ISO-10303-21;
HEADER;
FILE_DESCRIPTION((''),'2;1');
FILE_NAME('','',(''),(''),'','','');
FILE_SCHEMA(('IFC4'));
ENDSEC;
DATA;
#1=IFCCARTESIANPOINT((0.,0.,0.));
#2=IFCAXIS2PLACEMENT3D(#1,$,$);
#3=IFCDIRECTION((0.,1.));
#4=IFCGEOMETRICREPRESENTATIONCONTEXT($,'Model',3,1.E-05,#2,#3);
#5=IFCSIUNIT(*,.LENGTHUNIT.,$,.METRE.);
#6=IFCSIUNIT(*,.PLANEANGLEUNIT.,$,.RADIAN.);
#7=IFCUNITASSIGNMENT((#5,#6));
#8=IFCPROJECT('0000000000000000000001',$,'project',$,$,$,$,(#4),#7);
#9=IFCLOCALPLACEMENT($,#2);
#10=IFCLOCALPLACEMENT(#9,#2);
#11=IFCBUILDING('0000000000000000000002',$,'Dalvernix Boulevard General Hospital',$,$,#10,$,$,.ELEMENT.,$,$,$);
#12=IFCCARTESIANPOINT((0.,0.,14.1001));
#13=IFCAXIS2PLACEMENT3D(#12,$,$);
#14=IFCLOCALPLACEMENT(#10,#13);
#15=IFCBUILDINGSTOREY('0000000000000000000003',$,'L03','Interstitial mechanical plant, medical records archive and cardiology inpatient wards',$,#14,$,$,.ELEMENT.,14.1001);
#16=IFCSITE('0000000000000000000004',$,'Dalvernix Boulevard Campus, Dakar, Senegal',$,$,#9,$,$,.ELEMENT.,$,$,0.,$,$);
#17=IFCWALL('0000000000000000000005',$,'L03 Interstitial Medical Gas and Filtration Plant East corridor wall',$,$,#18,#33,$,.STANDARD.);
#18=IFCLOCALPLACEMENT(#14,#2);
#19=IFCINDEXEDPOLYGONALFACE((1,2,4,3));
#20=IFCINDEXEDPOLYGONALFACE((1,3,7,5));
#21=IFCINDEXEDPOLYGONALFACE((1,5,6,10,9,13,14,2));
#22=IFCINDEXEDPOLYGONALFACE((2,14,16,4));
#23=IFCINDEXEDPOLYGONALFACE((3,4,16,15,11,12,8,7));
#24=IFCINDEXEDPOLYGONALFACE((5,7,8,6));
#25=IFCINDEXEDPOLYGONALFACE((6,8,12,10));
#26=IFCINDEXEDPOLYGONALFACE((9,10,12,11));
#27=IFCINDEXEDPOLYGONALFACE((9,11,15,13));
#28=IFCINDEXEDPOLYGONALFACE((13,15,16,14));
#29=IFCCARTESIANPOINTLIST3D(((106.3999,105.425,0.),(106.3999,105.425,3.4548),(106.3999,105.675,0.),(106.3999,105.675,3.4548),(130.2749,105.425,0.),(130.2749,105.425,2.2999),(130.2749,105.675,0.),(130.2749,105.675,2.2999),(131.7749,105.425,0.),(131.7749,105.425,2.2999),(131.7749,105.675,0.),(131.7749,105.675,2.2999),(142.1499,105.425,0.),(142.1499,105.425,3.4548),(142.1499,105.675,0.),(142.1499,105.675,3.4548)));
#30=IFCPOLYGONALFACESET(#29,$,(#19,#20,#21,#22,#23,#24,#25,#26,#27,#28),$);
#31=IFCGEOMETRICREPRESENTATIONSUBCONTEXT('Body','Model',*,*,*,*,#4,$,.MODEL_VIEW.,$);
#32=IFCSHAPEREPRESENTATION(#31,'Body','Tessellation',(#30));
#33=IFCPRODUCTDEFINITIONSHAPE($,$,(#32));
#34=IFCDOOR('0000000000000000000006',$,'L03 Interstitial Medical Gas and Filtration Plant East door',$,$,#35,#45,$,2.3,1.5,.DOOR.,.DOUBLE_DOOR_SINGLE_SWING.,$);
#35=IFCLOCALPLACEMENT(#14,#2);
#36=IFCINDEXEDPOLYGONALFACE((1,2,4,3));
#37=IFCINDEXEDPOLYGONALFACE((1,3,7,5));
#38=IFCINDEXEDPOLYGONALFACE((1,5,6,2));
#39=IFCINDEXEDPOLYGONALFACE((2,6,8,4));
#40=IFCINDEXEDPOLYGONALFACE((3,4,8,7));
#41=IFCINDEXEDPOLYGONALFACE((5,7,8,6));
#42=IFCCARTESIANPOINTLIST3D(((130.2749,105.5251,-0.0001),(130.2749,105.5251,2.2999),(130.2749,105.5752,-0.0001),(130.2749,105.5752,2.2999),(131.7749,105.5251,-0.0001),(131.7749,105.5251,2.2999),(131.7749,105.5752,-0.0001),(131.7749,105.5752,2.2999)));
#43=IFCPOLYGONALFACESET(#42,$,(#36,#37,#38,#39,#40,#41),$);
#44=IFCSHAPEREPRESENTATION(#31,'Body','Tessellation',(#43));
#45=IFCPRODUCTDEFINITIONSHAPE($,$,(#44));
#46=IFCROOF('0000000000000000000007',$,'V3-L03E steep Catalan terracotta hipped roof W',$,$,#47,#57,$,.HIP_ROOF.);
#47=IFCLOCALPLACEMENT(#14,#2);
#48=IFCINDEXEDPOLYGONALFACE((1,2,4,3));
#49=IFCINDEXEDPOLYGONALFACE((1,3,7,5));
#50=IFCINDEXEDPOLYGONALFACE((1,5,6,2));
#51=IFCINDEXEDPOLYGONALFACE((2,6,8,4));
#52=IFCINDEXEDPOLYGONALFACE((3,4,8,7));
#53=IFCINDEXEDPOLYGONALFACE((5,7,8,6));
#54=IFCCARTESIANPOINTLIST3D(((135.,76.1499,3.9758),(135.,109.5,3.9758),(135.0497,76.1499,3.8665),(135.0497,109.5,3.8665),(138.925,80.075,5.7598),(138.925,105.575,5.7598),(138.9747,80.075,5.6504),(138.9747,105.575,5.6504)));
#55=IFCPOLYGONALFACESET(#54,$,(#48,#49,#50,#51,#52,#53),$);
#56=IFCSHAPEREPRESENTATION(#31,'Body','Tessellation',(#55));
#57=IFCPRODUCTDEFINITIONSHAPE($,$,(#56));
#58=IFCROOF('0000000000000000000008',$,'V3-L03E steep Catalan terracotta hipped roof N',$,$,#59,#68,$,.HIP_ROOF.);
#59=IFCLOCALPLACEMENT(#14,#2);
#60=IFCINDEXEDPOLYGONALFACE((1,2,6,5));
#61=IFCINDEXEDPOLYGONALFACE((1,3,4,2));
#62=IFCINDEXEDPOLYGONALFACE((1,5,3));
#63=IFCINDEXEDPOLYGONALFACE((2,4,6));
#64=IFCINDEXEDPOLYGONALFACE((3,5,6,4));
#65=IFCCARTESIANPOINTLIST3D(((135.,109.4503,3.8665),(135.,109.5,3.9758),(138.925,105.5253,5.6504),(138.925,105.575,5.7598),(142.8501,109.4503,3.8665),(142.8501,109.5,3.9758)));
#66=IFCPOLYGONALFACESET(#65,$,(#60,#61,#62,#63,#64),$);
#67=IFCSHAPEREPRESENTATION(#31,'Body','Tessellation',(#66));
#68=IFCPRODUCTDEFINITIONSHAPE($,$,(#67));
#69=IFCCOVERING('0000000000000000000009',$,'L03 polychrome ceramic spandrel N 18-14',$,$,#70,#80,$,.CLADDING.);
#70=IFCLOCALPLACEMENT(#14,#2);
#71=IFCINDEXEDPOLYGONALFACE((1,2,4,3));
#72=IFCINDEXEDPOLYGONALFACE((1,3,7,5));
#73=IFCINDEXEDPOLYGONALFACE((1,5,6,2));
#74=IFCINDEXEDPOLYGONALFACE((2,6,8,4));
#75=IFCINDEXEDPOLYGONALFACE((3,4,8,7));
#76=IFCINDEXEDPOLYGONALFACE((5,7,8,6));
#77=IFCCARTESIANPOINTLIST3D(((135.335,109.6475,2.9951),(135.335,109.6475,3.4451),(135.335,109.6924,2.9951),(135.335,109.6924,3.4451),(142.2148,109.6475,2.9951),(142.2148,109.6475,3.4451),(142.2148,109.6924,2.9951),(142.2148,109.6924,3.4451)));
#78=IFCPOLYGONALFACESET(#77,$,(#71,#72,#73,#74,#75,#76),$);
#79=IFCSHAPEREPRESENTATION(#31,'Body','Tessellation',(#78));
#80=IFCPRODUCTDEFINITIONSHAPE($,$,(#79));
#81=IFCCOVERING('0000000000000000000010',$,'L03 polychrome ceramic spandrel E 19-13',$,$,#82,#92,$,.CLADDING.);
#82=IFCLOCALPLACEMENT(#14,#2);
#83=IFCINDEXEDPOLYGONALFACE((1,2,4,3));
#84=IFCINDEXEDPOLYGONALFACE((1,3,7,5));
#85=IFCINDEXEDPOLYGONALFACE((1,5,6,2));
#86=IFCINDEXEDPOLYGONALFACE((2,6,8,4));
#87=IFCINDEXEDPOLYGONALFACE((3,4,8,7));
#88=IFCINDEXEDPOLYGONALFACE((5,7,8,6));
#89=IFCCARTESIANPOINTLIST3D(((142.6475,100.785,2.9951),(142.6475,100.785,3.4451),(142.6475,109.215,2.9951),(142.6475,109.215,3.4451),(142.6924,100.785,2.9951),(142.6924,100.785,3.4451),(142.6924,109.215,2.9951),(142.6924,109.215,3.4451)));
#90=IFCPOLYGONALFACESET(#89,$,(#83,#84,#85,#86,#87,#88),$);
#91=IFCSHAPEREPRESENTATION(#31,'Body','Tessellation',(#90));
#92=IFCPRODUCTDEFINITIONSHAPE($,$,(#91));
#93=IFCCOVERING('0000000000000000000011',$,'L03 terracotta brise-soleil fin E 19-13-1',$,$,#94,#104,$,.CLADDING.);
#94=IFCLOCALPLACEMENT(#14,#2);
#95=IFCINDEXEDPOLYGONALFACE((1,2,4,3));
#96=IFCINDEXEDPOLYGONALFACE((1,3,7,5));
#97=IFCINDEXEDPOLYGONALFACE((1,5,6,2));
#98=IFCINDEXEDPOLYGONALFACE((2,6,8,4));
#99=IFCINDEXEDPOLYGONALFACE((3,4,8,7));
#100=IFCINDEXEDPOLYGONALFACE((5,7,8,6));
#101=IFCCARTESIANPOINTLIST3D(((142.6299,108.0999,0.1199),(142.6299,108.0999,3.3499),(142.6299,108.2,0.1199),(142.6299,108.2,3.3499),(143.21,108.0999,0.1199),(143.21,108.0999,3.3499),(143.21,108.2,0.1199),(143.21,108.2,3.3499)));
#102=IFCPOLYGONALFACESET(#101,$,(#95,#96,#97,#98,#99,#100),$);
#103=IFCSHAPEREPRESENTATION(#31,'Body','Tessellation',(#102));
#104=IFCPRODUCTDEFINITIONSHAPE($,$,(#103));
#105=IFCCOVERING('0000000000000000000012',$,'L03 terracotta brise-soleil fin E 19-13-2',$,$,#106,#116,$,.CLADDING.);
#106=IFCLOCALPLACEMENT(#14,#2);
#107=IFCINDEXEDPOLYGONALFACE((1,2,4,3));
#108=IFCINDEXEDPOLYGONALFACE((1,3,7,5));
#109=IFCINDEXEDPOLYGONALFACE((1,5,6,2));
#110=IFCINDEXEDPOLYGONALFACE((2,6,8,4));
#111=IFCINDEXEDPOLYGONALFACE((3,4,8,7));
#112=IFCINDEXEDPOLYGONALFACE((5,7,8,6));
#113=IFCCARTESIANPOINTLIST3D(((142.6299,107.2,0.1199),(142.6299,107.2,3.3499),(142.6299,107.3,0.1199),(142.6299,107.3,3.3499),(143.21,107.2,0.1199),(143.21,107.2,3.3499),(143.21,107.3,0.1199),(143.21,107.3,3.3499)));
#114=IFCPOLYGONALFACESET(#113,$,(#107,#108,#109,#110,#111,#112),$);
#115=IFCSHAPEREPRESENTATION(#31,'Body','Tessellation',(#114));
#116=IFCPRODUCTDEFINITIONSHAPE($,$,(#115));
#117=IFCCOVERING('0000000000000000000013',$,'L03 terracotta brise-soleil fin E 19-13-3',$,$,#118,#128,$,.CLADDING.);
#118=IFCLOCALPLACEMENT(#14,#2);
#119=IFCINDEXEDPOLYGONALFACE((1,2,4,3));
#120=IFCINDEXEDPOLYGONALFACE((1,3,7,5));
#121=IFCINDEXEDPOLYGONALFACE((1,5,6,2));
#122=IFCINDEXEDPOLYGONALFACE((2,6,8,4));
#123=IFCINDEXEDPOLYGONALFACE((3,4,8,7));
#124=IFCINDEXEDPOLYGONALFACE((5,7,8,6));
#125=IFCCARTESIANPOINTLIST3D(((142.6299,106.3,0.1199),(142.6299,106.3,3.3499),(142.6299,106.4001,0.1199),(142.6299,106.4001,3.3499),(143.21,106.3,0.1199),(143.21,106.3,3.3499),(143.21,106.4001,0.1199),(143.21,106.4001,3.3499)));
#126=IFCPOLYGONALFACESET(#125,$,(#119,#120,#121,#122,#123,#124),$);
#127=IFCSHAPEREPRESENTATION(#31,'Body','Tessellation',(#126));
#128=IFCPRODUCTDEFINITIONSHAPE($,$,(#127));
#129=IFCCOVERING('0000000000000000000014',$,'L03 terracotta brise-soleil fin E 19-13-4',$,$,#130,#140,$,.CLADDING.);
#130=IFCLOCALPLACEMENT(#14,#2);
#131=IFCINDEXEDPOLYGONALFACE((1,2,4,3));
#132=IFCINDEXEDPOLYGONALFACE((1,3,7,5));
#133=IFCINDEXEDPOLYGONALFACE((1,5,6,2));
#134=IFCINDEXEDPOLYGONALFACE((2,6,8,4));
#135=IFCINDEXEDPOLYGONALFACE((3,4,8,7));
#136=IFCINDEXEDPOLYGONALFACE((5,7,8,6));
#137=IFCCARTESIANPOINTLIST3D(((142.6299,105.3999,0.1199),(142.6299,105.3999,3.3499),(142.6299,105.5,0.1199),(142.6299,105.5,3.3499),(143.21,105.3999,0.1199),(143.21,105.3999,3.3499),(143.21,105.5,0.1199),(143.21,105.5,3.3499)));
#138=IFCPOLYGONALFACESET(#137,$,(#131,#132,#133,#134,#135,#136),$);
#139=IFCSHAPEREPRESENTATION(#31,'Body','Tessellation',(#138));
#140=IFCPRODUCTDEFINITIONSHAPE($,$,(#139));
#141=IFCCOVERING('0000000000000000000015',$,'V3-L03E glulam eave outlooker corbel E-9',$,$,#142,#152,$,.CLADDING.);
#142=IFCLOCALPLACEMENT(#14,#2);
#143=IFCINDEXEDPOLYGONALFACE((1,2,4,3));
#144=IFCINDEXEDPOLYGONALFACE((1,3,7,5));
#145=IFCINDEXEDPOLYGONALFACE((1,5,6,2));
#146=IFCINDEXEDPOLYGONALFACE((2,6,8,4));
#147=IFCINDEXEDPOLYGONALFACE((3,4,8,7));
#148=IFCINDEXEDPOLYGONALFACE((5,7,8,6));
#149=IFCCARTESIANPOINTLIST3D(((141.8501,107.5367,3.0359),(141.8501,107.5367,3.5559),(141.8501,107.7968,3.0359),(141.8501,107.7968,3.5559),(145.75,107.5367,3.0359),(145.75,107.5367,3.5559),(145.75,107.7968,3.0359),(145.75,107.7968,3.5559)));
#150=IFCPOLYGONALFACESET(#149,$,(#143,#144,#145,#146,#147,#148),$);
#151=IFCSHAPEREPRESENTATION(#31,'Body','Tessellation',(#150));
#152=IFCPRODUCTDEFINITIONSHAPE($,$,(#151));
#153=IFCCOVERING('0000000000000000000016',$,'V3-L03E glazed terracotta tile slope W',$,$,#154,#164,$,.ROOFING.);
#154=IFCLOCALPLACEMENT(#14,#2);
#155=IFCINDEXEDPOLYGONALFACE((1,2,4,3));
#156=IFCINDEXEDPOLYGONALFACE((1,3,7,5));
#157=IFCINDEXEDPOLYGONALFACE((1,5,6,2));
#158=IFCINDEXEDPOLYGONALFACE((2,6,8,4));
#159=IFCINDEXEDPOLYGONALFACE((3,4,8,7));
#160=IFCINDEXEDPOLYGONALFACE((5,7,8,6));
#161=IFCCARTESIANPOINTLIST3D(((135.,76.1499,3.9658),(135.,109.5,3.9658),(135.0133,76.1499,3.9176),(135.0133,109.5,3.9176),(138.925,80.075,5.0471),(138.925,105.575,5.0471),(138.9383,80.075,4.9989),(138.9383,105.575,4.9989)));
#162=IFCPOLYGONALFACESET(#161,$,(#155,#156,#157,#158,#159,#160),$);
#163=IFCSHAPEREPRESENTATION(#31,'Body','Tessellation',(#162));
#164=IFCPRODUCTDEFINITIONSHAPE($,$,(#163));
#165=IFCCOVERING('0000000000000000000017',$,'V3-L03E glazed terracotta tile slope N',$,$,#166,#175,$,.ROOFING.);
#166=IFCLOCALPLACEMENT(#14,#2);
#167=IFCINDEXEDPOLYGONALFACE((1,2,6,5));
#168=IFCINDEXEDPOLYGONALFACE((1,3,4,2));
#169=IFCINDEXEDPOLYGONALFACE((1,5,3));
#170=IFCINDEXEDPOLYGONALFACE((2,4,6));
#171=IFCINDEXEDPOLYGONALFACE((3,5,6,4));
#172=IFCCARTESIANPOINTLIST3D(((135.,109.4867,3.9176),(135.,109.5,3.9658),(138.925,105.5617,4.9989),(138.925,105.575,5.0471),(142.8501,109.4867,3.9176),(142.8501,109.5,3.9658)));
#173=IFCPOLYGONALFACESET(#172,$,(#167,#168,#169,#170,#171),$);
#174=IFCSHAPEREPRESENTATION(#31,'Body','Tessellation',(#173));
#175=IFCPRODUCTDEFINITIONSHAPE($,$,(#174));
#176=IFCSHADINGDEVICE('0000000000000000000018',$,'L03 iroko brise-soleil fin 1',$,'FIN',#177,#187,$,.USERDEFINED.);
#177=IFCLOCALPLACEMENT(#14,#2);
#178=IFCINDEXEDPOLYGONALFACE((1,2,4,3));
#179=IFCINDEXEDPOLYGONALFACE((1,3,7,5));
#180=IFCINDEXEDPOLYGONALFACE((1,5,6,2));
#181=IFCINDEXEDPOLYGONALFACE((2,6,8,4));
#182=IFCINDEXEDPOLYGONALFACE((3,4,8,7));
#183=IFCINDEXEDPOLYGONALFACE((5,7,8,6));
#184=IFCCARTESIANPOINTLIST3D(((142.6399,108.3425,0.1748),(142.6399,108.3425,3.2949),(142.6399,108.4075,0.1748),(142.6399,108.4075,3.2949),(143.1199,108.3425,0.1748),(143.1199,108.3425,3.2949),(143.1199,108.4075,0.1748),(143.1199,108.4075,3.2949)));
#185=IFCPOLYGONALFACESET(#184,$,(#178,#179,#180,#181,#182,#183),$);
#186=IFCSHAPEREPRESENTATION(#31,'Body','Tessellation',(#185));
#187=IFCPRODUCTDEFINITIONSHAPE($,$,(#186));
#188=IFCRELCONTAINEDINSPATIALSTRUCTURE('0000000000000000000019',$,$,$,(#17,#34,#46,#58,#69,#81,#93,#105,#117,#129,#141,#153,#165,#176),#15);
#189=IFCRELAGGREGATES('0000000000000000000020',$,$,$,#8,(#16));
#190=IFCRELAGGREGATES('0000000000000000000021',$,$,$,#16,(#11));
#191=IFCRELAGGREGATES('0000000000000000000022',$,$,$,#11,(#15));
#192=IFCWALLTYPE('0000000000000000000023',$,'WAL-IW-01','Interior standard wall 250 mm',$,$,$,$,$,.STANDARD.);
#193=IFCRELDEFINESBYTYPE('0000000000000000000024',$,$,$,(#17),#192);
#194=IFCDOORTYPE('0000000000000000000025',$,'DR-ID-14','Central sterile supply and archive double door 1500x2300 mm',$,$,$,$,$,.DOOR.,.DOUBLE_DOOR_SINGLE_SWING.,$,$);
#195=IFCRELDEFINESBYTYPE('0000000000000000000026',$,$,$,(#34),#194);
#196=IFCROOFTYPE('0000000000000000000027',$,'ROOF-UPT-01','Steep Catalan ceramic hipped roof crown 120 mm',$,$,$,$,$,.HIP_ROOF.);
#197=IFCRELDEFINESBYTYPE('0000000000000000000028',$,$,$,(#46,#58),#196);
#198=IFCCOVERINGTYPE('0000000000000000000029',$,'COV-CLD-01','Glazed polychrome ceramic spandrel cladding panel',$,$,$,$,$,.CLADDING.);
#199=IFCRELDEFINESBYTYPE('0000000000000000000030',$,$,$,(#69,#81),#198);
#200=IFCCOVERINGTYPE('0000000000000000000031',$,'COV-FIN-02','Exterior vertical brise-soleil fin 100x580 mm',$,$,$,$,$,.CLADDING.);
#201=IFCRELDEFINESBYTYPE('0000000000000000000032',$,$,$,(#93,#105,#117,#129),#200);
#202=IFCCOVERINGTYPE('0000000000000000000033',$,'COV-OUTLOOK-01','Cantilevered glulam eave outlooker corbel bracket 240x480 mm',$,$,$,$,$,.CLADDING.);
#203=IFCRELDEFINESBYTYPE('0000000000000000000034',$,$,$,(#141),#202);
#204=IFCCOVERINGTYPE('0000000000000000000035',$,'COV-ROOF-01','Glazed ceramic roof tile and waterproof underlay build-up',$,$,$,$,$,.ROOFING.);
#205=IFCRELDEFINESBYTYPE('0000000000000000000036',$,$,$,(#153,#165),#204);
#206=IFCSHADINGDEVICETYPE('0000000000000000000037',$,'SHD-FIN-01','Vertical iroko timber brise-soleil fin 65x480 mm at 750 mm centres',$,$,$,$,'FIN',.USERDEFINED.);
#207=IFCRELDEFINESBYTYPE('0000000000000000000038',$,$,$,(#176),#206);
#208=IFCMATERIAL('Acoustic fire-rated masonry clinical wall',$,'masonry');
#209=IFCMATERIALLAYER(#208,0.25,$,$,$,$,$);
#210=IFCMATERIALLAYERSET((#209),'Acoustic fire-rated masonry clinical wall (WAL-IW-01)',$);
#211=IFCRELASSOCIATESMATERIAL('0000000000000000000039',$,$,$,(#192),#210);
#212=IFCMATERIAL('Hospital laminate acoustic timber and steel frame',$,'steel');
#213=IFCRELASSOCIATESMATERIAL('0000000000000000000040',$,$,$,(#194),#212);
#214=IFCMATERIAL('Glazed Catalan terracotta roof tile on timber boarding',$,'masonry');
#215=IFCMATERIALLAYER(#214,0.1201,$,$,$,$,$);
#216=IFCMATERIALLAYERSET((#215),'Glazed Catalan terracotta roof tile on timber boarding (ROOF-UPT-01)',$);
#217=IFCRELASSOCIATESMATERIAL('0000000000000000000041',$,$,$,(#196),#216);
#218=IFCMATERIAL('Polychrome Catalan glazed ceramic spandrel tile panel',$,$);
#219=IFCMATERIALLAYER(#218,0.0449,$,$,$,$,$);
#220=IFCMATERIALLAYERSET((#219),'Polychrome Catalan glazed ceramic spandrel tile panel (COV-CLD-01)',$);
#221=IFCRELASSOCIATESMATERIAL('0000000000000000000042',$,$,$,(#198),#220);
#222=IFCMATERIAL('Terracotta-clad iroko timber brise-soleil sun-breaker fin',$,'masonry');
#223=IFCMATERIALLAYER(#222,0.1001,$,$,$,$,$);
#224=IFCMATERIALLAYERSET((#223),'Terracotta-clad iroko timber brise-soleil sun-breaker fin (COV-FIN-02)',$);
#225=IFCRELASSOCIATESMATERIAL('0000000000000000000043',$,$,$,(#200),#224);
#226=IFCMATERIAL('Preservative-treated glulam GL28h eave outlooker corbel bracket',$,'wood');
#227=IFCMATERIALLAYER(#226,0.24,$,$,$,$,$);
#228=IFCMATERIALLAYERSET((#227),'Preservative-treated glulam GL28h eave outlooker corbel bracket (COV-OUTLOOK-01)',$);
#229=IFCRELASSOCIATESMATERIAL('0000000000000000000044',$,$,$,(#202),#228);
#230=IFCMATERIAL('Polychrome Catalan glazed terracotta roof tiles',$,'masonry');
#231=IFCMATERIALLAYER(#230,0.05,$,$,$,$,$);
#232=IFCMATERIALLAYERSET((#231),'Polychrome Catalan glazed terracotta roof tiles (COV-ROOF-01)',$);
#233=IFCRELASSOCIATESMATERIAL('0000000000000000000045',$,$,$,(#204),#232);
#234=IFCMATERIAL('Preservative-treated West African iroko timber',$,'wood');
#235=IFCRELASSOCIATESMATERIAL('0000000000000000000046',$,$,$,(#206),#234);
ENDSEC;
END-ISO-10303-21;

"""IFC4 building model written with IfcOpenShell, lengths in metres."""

from ifc_helpers import new_model, si_unit, direction, frame, frame_2d, origin, origin_2d, place, context, subcontext, project, spatial, polyline, rectangle, outline, extrude, material, layer, layer_set, type_object, element, fill, save


model = new_model("IFC4")

# Units and contexts
model_context = context("Model", 3, precision=1e-05, world=origin(), true_north=direction((0.0, 1.0)))
body_context = subcontext(model_context, "Body", "Model", "MODEL_VIEW")
ifc_project = project(units=[si_unit("LENGTHUNIT", "METRE"), si_unit("PLANEANGLEUNIT", "RADIAN")], contexts=[model_context])

# Site, building, storey
site_placement = place(None, origin())
site = spatial("IfcSite", under=ifc_project, at=site_placement, Name="Dalvernix Boulevard Campus, Dakar, Senegal", CompositionType="ELEMENT", RefElevation=0.0)
building_placement = place(site_placement, origin())
building = spatial("IfcBuilding", under=site, at=building_placement, Name="Dalvernix Boulevard General Hospital", CompositionType="ELEMENT")
storey_placement = place(building_placement, frame((0.0, 0.0, 14.1001)))
storey = spatial("IfcBuildingStorey", under=building, at=storey_placement, Name="L03", Description="Interstitial mechanical plant, medical records archive and cardiology inpatient wards", CompositionType="ELEMENT", Elevation=14.1001)

# Wall, opening, door
ifc_material_1 = material(Name="Acoustic fire-rated masonry clinical wall", Category="masonry")
ifc_layer_1 = layer(ifc_material_1, 0.25)
ifc_layer_set_1 = layer_set([ifc_layer_1], Name="Acoustic fire-rated masonry clinical wall (WAL-IW-01)")
wall_type_1 = type_object("IfcWallType", Name="WAL-IW-01", Description="Interior standard wall 250 mm", PredefinedType="STANDARD", material=ifc_layer_set_1)
wall_1_placement = place(storey_placement, frame((142.1499, 105.55, 0.0), z_axis=(0.0, 0.0, 1.0), x_axis=(-1.0, 0.0, 0.0)))
wall_1 = element("IfcWall", 1, at=wall_1_placement, inside=storey, type_object=wall_type_1, Name="L03 Interstitial Medical Gas and Filtration Plant East corridor wall", PredefinedType="STANDARD", context=body_context, shape_type="SweptSolid", body=[
    extrude(rectangle(XDim=35.75, YDim=0.25, at=frame_2d((17.875, 0.0))), origin(), (0.0, 0.0, 1.0), 3.4548),
])
opening_1_placement = place(wall_1_placement, frame((10.375, 0.0, 0.0)))
opening_1 = element("IfcOpeningElement", 2, at=opening_1_placement, cuts=wall_1, PredefinedType="OPENING", context=body_context, shape_type="SweptSolid", body=[
    extrude(rectangle(XDim=1.5, YDim=2.3, at=frame_2d((0.75, 1.1499))), frame((0.0, 0.135, 0.0), z_axis=(0.0, -1.0, 0.0), x_axis=(1.0, 0.0, 0.0)), (0.0, 0.0, 1.0), 0.27),
])
ifc_material_2 = material(Name="Hospital laminate acoustic timber and steel frame", Category="steel")
door_type = type_object("IfcDoorType", Name="DR-ID-14", Description="Central sterile supply and archive double door 1500x2300 mm", OperationType="DOUBLE_DOOR_SINGLE_SWING", PredefinedType="DOOR", material=ifc_material_2)
door_placement = place(opening_1_placement, origin())
door = element("IfcDoor", 3, at=door_placement, inside=storey, type_object=door_type, Name="L03 Interstitial Medical Gas and Filtration Plant East door", OperationType="DOUBLE_DOOR_SINGLE_SWING", OverallHeight=2.3, OverallWidth=1.5, PredefinedType="DOOR", context=body_context, shape_type="SweptSolid", body=[
    extrude(rectangle(XDim=1.5, YDim=2.3, at=frame_2d((0.75, 1.1499))), frame((0.0, 0.0249, 0.0), z_axis=(0.0, -1.0, 0.0), x_axis=(1.0, 0.0, 0.0)), (0.0, 0.0, 1.0), 0.05),
])
fill(opening_1, door)

# Roofs
ifc_material_3 = material(Name="Glazed Catalan terracotta roof tile on timber boarding", Category="masonry")
ifc_layer_2 = layer(ifc_material_3, 0.1201)
ifc_layer_set_2 = layer_set([ifc_layer_2], Name="Glazed Catalan terracotta roof tile on timber boarding (ROOF-UPT-01)")
roof_type_1 = type_object("IfcRoofType", Name="ROOF-UPT-01", Description="Steep Catalan ceramic hipped roof crown 120 mm", PredefinedType="HIP_ROOF", material=ifc_layer_set_2)
roof_1_placement = place(storey_placement, frame((135.0, 109.5, 3.9758), z_axis=(-0.413769, 0.0, 0.910382), x_axis=(0.0, -1.0, 0.0)))
element("IfcRoof", 4, at=roof_1_placement, inside=storey, type_object=roof_type_1, Name="V3-L03E steep Catalan terracotta hipped roof W", PredefinedType="HIP_ROOF", context=body_context, shape_type="SweptSolid", body=[
    extrude(outline(polyline([(0.0, 0.0), (33.3501, 0.0), (29.425, 4.3114), (3.925, 4.3114), (0.0, 0.0)])), origin(), (0.0, 0.0, -1.0), 0.1201),
])
roof_2_placement = place(storey_placement, frame((142.8501, 109.5, 3.9758), z_axis=(0.0, 0.413769, 0.910382), x_axis=(-1.0, 0.0, 0.0)))
element("IfcRoof", 5, at=roof_2_placement, inside=storey, type_object=roof_type_1, Name="V3-L03E steep Catalan terracotta hipped roof N", PredefinedType="HIP_ROOF", context=body_context, shape_type="SweptSolid", body=[
    extrude(outline(polyline([(0.0, 0.0), (7.8501, 0.0), (3.925, 4.3114), (0.0, 0.0)])), origin(), (0.0, 0.0, -1.0), 0.1201),
])

# Coverings
ifc_material_4 = material(Name="Polychrome Catalan glazed ceramic spandrel tile panel")
ifc_layer_3 = layer(ifc_material_4, 0.0449)
ifc_layer_set_3 = layer_set([ifc_layer_3], Name="Polychrome Catalan glazed ceramic spandrel tile panel (COV-CLD-01)")
covering_type_1 = type_object("IfcCoveringType", Name="COV-CLD-01", Description="Glazed polychrome ceramic spandrel cladding panel", PredefinedType="CLADDING", material=ifc_layer_set_3)
covering_1_placement = place(storey_placement, frame((138.7749, 109.6699, 2.9951), z_axis=(0.0, 0.0, 1.0), x_axis=(1.0, 0.0, 0.0)))
element("IfcCovering", 6, at=covering_1_placement, inside=storey, type_object=covering_type_1, Name="L03 polychrome ceramic spandrel N 18-14", PredefinedType="CLADDING", context=body_context, shape_type="SweptSolid", body=[
    extrude(rectangle(XDim=6.8799, YDim=0.0449, at=origin_2d()), origin(), (0.0, 0.0, 1.0), 0.45),
])
covering_2_placement = place(storey_placement, frame((142.6699, 105.0, 2.9951), z_axis=(0.0, 0.0, 1.0), x_axis=(0.0, -1.0, 0.0)))
element("IfcCovering", 7, at=covering_2_placement, inside=storey, type_object=covering_type_1, Name="L03 polychrome ceramic spandrel E 19-13", PredefinedType="CLADDING", context=body_context, shape_type="SweptSolid", body=[
    extrude(rectangle(XDim=8.4299, YDim=0.0449, at=origin_2d()), origin(), (0.0, 0.0, 1.0), 0.45),
])
ifc_material_5 = material(Name="Terracotta-clad iroko timber brise-soleil sun-breaker fin", Category="masonry")
ifc_layer_4 = layer(ifc_material_5, 0.1001)
ifc_layer_set_4 = layer_set([ifc_layer_4], Name="Terracotta-clad iroko timber brise-soleil sun-breaker fin (COV-FIN-02)")
covering_type_2 = type_object("IfcCoveringType", Name="COV-FIN-02", Description="Exterior vertical brise-soleil fin 100x580 mm", PredefinedType="CLADDING", material=ifc_layer_set_4)
for number, where, z_axis, x_axis, name in (
    (8, (142.9199, 108.1499, 0.1199), (0.0, 0.0, 1.0), (0.0, -1.0, 0.0), "L03 terracotta brise-soleil fin E 19-13-1"),
    (9, (142.9199, 107.25, 0.1199), (0.0, 0.0, 1.0), (0.0, -1.0, 0.0), "L03 terracotta brise-soleil fin E 19-13-2"),
    (10, (142.9199, 106.3501, 0.1199), (0.0, 0.0, 1.0), (0.0, -1.0, 0.0), "L03 terracotta brise-soleil fin E 19-13-3"),
    (11, (142.9199, 105.45, 0.1199), (0.0, 0.0, 1.0), (0.0, -1.0, 0.0), "L03 terracotta brise-soleil fin E 19-13-4"),
):
    element("IfcCovering", number, at=place(storey_placement, frame(where, z_axis=z_axis, x_axis=x_axis)), inside=storey, type_object=covering_type_2, Name=name, PredefinedType="CLADDING", context=body_context, shape_type="SweptSolid", body=[
        extrude(rectangle(XDim=0.1001, YDim=0.5801, at=origin_2d()), origin(), (0.0, 0.0, 1.0), 3.23),
    ])
ifc_material_6 = material(Name="Preservative-treated glulam GL28h eave outlooker corbel bracket", Category="wood")
ifc_layer_5 = layer(ifc_material_6, 0.24)
ifc_layer_set_5 = layer_set([ifc_layer_5], Name="Preservative-treated glulam GL28h eave outlooker corbel bracket (COV-OUTLOOK-01)")
covering_type_3 = type_object("IfcCoveringType", Name="COV-OUTLOOK-01", Description="Cantilevered glulam eave outlooker corbel bracket 240x480 mm", PredefinedType="CLADDING", material=ifc_layer_set_5)
covering_3_placement = place(storey_placement, frame((143.8, 107.6667, 3.0359), z_axis=(0.0, 0.0, 1.0), x_axis=(1.0, 0.0, 0.0)))
element("IfcCovering", 12, at=covering_3_placement, inside=storey, type_object=covering_type_3, Name="V3-L03E glulam eave outlooker corbel E-9", PredefinedType="CLADDING", context=body_context, shape_type="SweptSolid", body=[
    extrude(rectangle(XDim=3.8999, YDim=0.26, at=origin_2d()), origin(), (0.0, 0.0, 1.0), 0.52),
])
ifc_material_7 = material(Name="Polychrome Catalan glazed terracotta roof tiles", Category="masonry")
ifc_layer_6 = layer(ifc_material_7, 0.05)
ifc_layer_set_6 = layer_set([ifc_layer_6], Name="Polychrome Catalan glazed terracotta roof tiles (COV-ROOF-01)")
covering_type_4 = type_object("IfcCoveringType", Name="COV-ROOF-01", Description="Glazed ceramic roof tile and waterproof underlay build-up", PredefinedType="ROOFING", material=ifc_layer_set_6)
covering_4_placement = place(storey_placement, frame((135.0, 109.5, 3.9658), z_axis=(-0.265593, 0.0, 0.964085), x_axis=(0.0, -1.0, 0.0)))
element("IfcCovering", 13, at=covering_4_placement, inside=storey, type_object=covering_type_4, Name="V3-L03E glazed terracotta tile slope W", PredefinedType="ROOFING", context=body_context, shape_type="SweptSolid", body=[
    extrude(outline(polyline([(0.0, 0.0), (33.3501, 0.0), (29.425, 4.0713), (3.925, 4.0713), (0.0, 0.0)])), origin(), (0.0, 0.0, -1.0), 0.05),
])
covering_5_placement = place(storey_placement, frame((142.8501, 109.5, 3.9658), z_axis=(0.0, 0.265593, 0.964085), x_axis=(-1.0, 0.0, 0.0)))
element("IfcCovering", 14, at=covering_5_placement, inside=storey, type_object=covering_type_4, Name="V3-L03E glazed terracotta tile slope N", PredefinedType="ROOFING", context=body_context, shape_type="SweptSolid", body=[
    extrude(outline(polyline([(0.0, 0.0), (7.8501, 0.0), (3.925, 4.0713), (0.0, 0.0)])), origin(), (0.0, 0.0, -1.0), 0.05),
])

# Shading device
ifc_material_8 = material(Name="Preservative-treated West African iroko timber", Category="wood")
shading_device_type = type_object("IfcShadingDeviceType", Name="SHD-FIN-01", Description="Vertical iroko timber brise-soleil fin 65x480 mm at 750 mm centres", ElementType="FIN", PredefinedType="USERDEFINED", material=ifc_material_8)
for number, where, z_axis, x_axis, name in (
    (15, (142.8799, 108.375, 0.1748), (0.0, 0.0, 1.0), (0.0, -1.0, 0.0), "L03 iroko brise-soleil fin 1"),
):
    element("IfcShadingDevice", number, at=place(storey_placement, frame(where, z_axis=z_axis, x_axis=x_axis)), inside=storey, type_object=shading_device_type, Name=name, ObjectType="FIN", PredefinedType="USERDEFINED", context=body_context, shape_type="SweptSolid", body=[
        extrude(rectangle(XDim=0.0649, YDim=0.48, at=origin_2d()), origin(), (0.0, 0.0, 1.0), 3.1201),
    ])

save(model, "model.ifc")
